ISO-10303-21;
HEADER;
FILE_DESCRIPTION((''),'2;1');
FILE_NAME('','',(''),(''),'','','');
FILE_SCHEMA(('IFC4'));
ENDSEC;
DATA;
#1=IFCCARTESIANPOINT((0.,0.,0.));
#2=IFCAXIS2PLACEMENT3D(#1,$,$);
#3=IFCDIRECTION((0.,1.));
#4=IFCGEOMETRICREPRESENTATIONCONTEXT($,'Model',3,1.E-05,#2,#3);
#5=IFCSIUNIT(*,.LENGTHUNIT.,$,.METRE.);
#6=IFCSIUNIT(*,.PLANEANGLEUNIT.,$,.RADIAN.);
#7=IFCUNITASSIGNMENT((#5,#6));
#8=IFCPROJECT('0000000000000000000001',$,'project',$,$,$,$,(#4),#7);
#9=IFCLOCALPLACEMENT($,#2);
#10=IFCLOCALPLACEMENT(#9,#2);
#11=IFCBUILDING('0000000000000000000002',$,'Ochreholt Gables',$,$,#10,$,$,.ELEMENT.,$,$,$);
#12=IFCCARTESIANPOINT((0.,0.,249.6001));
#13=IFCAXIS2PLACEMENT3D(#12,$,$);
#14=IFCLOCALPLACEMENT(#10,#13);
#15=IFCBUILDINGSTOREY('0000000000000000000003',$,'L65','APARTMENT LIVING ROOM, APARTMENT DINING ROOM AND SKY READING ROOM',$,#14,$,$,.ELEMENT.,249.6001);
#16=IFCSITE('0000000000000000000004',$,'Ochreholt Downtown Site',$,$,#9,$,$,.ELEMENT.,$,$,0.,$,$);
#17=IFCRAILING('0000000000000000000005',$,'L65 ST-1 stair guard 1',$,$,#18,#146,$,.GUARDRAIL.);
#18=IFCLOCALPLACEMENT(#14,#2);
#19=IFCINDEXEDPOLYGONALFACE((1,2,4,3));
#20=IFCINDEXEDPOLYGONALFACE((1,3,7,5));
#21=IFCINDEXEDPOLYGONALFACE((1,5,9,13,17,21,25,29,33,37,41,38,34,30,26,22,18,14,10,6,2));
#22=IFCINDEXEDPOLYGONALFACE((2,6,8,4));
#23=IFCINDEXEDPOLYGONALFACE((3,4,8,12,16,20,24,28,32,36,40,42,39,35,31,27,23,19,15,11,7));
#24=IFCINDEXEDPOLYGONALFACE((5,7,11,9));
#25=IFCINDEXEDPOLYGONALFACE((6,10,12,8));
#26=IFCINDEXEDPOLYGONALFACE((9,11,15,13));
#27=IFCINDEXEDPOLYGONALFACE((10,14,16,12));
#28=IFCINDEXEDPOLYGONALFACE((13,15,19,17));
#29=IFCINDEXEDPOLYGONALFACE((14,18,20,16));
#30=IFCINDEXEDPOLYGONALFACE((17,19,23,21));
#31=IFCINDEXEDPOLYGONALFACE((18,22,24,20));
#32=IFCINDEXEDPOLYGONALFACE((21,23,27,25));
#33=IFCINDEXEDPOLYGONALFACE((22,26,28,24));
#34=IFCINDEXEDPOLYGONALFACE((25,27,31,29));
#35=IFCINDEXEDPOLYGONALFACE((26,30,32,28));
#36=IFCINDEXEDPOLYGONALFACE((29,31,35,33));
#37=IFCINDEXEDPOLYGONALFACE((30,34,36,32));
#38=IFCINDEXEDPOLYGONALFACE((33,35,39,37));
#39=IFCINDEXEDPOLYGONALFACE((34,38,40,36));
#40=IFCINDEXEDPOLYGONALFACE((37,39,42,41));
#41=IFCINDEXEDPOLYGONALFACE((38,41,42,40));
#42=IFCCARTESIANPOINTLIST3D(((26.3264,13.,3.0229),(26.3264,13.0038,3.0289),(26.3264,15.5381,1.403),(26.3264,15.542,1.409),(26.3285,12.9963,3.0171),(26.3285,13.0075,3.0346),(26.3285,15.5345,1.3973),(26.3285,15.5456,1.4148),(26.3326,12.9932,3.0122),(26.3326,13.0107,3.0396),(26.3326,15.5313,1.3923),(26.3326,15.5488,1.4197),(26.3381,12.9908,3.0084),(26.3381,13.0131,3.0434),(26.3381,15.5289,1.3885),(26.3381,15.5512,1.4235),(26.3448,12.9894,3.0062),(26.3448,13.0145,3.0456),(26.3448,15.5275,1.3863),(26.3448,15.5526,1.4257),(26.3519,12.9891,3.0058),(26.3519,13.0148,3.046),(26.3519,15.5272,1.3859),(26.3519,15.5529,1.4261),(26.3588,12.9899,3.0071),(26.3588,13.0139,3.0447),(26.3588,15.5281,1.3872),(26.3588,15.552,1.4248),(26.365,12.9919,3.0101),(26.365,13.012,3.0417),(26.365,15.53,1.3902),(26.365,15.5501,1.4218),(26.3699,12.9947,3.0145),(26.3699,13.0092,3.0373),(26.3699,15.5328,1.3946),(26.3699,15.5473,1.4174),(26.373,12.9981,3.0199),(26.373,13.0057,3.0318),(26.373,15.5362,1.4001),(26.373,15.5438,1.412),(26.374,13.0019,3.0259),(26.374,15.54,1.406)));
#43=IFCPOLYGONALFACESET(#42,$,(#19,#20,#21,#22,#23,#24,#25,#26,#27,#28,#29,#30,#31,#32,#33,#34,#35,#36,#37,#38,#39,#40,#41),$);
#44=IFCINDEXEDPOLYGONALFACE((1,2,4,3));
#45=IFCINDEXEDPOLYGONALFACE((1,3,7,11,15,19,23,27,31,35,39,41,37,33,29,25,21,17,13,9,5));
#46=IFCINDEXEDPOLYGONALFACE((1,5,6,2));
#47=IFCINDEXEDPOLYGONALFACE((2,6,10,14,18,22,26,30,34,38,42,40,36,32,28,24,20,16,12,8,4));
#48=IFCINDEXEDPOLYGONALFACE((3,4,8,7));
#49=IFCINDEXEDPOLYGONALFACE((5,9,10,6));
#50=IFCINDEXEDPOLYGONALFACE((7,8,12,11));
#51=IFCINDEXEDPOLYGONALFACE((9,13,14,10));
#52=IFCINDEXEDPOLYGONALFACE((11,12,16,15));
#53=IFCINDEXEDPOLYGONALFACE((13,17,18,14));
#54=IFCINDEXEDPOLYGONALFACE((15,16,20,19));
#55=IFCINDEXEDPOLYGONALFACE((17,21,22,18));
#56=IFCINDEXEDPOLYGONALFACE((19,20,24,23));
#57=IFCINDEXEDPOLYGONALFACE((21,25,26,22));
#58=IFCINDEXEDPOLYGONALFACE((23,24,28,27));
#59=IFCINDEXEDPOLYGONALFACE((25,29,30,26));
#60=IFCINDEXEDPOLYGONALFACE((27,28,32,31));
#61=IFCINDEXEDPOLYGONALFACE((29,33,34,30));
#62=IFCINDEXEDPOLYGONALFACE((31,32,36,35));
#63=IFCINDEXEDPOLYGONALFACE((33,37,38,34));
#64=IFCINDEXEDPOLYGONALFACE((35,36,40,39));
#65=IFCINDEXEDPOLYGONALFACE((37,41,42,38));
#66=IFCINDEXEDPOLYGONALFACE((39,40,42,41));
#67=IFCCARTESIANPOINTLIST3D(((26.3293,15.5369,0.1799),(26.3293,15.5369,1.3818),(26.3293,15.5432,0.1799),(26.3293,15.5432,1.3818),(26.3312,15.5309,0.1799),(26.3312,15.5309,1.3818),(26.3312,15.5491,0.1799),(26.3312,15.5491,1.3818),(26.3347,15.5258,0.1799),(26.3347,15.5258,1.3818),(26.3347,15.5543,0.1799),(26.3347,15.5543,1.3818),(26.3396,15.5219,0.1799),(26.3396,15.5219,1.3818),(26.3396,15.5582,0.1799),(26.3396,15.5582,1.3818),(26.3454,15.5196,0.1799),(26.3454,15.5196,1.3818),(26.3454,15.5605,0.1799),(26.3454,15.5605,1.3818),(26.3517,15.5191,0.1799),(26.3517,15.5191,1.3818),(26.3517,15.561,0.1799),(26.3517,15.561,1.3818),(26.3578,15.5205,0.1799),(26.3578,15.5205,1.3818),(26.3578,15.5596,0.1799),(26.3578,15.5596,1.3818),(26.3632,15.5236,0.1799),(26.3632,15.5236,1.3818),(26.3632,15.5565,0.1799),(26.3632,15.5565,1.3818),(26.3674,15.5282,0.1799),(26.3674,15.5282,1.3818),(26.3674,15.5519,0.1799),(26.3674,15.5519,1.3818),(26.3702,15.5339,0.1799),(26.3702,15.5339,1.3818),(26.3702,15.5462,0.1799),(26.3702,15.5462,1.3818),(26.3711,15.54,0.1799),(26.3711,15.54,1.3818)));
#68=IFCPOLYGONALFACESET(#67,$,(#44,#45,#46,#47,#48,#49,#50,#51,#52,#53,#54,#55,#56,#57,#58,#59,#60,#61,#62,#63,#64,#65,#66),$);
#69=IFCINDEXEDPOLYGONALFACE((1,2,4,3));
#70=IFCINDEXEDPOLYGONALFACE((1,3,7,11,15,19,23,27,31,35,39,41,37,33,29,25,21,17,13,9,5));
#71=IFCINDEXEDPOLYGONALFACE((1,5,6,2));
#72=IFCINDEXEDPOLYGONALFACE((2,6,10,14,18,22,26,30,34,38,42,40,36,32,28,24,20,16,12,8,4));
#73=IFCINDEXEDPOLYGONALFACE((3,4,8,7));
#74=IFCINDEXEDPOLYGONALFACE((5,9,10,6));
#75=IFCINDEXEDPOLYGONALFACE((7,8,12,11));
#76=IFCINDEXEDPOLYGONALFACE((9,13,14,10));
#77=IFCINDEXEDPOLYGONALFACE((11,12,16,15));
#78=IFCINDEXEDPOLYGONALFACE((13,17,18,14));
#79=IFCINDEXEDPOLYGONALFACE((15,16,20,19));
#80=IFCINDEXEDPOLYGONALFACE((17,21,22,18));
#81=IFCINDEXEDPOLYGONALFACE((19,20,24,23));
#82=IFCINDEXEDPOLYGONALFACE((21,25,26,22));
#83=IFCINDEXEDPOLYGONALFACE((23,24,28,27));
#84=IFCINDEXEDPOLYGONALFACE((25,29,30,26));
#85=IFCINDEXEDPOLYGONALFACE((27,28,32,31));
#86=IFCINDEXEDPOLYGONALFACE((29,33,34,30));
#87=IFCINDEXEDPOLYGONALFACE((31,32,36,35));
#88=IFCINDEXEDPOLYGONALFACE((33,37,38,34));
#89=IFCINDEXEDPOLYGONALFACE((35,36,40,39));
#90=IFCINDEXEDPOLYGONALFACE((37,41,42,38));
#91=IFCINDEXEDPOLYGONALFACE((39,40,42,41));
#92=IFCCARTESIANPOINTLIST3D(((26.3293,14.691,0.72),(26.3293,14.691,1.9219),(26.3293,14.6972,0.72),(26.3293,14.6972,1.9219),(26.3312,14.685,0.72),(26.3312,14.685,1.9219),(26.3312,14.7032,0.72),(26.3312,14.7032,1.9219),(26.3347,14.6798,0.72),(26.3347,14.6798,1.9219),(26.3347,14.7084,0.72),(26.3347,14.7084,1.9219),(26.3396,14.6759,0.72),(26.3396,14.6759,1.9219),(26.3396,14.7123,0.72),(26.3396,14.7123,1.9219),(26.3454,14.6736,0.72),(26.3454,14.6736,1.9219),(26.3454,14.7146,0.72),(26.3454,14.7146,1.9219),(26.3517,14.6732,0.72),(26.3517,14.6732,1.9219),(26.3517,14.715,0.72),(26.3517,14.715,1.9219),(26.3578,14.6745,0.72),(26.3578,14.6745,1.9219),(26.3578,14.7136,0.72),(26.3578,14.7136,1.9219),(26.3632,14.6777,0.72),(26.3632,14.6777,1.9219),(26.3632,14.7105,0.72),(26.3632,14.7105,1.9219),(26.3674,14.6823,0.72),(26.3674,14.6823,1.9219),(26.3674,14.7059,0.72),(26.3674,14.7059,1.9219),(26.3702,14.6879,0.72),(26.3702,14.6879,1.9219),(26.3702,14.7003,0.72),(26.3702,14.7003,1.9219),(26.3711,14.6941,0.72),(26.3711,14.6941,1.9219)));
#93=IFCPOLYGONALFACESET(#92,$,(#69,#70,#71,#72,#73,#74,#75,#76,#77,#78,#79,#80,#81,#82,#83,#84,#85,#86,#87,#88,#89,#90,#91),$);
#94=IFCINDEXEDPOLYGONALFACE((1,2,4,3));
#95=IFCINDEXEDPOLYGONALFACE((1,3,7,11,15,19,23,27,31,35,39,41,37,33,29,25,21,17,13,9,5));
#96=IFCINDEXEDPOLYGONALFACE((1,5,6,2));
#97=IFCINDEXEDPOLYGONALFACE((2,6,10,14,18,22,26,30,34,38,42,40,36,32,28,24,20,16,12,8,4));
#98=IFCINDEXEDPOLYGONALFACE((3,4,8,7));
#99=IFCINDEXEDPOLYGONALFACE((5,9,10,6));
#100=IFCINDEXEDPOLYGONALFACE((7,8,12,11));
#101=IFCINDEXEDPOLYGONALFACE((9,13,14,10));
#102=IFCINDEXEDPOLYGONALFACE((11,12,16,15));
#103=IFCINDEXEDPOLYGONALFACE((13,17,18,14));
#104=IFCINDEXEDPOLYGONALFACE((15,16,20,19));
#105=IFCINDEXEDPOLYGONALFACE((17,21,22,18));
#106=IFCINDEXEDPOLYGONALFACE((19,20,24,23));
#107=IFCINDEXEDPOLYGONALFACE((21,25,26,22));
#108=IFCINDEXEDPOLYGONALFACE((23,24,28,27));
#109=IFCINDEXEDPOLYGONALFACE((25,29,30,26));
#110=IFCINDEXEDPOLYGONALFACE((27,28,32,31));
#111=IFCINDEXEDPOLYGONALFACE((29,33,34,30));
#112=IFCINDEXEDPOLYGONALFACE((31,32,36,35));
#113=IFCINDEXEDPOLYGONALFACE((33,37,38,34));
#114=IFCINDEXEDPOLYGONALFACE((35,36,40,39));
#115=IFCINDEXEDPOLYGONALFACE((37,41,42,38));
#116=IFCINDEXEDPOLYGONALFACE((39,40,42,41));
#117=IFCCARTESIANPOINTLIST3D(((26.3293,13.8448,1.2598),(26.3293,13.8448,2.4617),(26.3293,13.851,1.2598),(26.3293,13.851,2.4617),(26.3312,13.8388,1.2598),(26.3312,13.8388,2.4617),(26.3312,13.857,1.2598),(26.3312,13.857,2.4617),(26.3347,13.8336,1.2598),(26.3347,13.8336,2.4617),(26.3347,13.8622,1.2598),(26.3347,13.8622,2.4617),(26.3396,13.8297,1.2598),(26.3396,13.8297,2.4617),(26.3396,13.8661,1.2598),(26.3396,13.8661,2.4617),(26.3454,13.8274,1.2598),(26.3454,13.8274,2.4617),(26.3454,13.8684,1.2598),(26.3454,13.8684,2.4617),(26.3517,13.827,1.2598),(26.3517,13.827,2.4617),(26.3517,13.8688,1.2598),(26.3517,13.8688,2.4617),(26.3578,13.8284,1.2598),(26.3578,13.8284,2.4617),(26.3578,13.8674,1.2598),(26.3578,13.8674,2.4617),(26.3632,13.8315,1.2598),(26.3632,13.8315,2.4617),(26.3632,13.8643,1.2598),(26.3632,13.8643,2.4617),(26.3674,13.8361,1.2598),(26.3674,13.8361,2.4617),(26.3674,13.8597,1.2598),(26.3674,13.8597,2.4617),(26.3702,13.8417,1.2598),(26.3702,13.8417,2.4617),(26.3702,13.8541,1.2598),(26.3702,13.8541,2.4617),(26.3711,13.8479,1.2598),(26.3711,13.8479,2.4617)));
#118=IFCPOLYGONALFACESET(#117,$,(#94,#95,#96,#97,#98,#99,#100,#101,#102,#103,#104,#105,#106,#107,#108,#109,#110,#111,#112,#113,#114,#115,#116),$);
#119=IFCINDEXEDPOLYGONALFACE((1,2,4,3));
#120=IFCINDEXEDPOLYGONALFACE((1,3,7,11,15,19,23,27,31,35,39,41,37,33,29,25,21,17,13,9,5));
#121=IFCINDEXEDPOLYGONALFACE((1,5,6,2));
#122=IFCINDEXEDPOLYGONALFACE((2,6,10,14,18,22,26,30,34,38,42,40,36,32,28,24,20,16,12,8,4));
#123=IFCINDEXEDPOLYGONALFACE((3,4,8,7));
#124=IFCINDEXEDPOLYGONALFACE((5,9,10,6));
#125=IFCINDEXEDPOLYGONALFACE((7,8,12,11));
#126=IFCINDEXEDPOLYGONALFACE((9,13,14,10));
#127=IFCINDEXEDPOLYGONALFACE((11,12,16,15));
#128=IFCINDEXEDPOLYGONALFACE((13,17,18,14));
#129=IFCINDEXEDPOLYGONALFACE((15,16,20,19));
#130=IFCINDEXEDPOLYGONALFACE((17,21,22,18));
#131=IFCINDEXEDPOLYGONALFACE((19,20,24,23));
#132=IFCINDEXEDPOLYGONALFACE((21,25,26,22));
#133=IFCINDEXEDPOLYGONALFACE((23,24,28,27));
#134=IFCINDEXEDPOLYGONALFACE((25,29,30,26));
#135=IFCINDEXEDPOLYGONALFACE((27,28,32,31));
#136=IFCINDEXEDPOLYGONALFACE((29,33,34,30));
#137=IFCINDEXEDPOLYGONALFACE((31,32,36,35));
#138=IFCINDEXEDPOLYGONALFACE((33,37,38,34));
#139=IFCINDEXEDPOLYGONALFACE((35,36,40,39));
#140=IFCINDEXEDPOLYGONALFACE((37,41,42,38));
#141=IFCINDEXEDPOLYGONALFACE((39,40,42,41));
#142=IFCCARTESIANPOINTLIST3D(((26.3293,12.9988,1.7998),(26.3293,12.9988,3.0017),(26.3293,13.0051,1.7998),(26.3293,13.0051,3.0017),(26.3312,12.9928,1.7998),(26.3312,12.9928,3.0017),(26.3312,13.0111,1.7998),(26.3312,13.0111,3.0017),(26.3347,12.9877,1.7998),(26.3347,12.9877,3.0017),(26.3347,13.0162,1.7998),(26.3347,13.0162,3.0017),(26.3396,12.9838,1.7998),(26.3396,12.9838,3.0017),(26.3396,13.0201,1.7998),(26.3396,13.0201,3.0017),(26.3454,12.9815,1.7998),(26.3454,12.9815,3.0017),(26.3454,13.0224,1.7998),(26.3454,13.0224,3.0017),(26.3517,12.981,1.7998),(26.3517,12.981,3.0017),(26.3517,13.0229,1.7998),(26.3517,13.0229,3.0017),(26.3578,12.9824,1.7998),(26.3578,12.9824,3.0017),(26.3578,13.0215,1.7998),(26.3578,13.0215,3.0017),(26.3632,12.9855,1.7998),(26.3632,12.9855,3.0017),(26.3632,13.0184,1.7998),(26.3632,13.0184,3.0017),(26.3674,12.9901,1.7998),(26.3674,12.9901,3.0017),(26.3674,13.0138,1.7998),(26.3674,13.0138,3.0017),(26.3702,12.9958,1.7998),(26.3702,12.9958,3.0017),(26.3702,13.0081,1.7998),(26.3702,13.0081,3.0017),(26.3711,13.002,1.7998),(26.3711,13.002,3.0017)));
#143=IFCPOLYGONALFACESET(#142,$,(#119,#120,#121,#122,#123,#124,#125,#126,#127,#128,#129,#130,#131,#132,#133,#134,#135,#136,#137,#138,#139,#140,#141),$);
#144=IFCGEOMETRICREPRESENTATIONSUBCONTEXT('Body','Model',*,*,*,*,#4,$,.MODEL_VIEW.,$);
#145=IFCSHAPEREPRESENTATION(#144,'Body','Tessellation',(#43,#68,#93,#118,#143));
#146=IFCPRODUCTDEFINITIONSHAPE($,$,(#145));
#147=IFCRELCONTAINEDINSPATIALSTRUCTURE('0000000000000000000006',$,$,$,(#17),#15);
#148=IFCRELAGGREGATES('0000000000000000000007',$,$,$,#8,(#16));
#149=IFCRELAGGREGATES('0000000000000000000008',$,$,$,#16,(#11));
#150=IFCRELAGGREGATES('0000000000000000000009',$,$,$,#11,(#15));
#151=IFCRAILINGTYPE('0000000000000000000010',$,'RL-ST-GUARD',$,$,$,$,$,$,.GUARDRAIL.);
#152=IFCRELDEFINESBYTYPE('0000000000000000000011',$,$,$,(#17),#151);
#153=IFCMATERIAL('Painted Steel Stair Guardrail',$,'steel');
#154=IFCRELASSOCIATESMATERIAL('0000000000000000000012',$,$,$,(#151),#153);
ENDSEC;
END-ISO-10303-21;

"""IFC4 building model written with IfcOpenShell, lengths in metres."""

from ifc_helpers import new_model, si_unit, direction, frame, origin, origin_2d, place, context, subcontext, project, spatial, circle, extrude, material, type_object, element, save


model = new_model("IFC4")

# Units and contexts
model_context = context("Model", 3, precision=1e-05, world=origin(), true_north=direction((0.0, 1.0)))
body_context = subcontext(model_context, "Body", "Model", "MODEL_VIEW")
ifc_project = project(units=[si_unit("LENGTHUNIT", "METRE"), si_unit("PLANEANGLEUNIT", "RADIAN")], contexts=[model_context])

# Site, building, storey
site_placement = place(None, origin())
site = spatial("IfcSite", under=ifc_project, at=site_placement, Name="Ochreholt Downtown Site", CompositionType="ELEMENT", RefElevation=0.0)
building_placement = place(site_placement, origin())
building = spatial("IfcBuilding", under=site, at=building_placement, Name="Ochreholt Gables", CompositionType="ELEMENT")
storey_placement = place(building_placement, frame((0.0, 0.0, 249.6001)))
storey = spatial("IfcBuildingStorey", under=building, at=storey_placement, Name="L65", Description="APARTMENT LIVING ROOM, APARTMENT DINING ROOM AND SKY READING ROOM", CompositionType="ELEMENT", Elevation=249.6001)

# Railing
ifc_material_1 = material(Name="Painted Steel Stair Guardrail", Category="steel")
railing_type_1 = type_object("IfcRailingType", Name="RL-ST-GUARD", PredefinedType="GUARDRAIL", material=ifc_material_1)
railing_1_placement = place(storey_placement, frame((26.3501, 15.54, 0.1799)))
element("IfcRailing", 1, at=railing_1_placement, inside=storey, type_object=railing_type_1, Name="L65 ST-1 stair guard 1", PredefinedType="GUARDRAIL", context=body_context, shape_type="SweptSolid", body=[
    extrude(circle(Radius=0.0239, at=origin_2d()), frame((0.0, 0.0, 1.2261), z_axis=(0.0, -0.84295, 0.537993), x_axis=(1.0, 0.0, 0.0)), (0.0, 0.0, 1.0), 3.011),
    extrude(circle(Radius=0.021, at=origin_2d()), origin(), (0.0, 0.0, 1.0), 1.2019),
    extrude(circle(Radius=0.021, at=origin_2d()), frame((0.0, -0.8459, 0.54)), (0.0, 0.0, 1.0), 1.2019),
    extrude(circle(Radius=0.021, at=origin_2d()), frame((0.0, -1.6921, 1.0798)), (0.0, 0.0, 1.0), 1.2019),
    extrude(circle(Radius=0.021, at=origin_2d()), frame((0.0, -2.5381, 1.6199)), (0.0, 0.0, 1.0), 1.2019),
])

save(model, "model.ifc")
